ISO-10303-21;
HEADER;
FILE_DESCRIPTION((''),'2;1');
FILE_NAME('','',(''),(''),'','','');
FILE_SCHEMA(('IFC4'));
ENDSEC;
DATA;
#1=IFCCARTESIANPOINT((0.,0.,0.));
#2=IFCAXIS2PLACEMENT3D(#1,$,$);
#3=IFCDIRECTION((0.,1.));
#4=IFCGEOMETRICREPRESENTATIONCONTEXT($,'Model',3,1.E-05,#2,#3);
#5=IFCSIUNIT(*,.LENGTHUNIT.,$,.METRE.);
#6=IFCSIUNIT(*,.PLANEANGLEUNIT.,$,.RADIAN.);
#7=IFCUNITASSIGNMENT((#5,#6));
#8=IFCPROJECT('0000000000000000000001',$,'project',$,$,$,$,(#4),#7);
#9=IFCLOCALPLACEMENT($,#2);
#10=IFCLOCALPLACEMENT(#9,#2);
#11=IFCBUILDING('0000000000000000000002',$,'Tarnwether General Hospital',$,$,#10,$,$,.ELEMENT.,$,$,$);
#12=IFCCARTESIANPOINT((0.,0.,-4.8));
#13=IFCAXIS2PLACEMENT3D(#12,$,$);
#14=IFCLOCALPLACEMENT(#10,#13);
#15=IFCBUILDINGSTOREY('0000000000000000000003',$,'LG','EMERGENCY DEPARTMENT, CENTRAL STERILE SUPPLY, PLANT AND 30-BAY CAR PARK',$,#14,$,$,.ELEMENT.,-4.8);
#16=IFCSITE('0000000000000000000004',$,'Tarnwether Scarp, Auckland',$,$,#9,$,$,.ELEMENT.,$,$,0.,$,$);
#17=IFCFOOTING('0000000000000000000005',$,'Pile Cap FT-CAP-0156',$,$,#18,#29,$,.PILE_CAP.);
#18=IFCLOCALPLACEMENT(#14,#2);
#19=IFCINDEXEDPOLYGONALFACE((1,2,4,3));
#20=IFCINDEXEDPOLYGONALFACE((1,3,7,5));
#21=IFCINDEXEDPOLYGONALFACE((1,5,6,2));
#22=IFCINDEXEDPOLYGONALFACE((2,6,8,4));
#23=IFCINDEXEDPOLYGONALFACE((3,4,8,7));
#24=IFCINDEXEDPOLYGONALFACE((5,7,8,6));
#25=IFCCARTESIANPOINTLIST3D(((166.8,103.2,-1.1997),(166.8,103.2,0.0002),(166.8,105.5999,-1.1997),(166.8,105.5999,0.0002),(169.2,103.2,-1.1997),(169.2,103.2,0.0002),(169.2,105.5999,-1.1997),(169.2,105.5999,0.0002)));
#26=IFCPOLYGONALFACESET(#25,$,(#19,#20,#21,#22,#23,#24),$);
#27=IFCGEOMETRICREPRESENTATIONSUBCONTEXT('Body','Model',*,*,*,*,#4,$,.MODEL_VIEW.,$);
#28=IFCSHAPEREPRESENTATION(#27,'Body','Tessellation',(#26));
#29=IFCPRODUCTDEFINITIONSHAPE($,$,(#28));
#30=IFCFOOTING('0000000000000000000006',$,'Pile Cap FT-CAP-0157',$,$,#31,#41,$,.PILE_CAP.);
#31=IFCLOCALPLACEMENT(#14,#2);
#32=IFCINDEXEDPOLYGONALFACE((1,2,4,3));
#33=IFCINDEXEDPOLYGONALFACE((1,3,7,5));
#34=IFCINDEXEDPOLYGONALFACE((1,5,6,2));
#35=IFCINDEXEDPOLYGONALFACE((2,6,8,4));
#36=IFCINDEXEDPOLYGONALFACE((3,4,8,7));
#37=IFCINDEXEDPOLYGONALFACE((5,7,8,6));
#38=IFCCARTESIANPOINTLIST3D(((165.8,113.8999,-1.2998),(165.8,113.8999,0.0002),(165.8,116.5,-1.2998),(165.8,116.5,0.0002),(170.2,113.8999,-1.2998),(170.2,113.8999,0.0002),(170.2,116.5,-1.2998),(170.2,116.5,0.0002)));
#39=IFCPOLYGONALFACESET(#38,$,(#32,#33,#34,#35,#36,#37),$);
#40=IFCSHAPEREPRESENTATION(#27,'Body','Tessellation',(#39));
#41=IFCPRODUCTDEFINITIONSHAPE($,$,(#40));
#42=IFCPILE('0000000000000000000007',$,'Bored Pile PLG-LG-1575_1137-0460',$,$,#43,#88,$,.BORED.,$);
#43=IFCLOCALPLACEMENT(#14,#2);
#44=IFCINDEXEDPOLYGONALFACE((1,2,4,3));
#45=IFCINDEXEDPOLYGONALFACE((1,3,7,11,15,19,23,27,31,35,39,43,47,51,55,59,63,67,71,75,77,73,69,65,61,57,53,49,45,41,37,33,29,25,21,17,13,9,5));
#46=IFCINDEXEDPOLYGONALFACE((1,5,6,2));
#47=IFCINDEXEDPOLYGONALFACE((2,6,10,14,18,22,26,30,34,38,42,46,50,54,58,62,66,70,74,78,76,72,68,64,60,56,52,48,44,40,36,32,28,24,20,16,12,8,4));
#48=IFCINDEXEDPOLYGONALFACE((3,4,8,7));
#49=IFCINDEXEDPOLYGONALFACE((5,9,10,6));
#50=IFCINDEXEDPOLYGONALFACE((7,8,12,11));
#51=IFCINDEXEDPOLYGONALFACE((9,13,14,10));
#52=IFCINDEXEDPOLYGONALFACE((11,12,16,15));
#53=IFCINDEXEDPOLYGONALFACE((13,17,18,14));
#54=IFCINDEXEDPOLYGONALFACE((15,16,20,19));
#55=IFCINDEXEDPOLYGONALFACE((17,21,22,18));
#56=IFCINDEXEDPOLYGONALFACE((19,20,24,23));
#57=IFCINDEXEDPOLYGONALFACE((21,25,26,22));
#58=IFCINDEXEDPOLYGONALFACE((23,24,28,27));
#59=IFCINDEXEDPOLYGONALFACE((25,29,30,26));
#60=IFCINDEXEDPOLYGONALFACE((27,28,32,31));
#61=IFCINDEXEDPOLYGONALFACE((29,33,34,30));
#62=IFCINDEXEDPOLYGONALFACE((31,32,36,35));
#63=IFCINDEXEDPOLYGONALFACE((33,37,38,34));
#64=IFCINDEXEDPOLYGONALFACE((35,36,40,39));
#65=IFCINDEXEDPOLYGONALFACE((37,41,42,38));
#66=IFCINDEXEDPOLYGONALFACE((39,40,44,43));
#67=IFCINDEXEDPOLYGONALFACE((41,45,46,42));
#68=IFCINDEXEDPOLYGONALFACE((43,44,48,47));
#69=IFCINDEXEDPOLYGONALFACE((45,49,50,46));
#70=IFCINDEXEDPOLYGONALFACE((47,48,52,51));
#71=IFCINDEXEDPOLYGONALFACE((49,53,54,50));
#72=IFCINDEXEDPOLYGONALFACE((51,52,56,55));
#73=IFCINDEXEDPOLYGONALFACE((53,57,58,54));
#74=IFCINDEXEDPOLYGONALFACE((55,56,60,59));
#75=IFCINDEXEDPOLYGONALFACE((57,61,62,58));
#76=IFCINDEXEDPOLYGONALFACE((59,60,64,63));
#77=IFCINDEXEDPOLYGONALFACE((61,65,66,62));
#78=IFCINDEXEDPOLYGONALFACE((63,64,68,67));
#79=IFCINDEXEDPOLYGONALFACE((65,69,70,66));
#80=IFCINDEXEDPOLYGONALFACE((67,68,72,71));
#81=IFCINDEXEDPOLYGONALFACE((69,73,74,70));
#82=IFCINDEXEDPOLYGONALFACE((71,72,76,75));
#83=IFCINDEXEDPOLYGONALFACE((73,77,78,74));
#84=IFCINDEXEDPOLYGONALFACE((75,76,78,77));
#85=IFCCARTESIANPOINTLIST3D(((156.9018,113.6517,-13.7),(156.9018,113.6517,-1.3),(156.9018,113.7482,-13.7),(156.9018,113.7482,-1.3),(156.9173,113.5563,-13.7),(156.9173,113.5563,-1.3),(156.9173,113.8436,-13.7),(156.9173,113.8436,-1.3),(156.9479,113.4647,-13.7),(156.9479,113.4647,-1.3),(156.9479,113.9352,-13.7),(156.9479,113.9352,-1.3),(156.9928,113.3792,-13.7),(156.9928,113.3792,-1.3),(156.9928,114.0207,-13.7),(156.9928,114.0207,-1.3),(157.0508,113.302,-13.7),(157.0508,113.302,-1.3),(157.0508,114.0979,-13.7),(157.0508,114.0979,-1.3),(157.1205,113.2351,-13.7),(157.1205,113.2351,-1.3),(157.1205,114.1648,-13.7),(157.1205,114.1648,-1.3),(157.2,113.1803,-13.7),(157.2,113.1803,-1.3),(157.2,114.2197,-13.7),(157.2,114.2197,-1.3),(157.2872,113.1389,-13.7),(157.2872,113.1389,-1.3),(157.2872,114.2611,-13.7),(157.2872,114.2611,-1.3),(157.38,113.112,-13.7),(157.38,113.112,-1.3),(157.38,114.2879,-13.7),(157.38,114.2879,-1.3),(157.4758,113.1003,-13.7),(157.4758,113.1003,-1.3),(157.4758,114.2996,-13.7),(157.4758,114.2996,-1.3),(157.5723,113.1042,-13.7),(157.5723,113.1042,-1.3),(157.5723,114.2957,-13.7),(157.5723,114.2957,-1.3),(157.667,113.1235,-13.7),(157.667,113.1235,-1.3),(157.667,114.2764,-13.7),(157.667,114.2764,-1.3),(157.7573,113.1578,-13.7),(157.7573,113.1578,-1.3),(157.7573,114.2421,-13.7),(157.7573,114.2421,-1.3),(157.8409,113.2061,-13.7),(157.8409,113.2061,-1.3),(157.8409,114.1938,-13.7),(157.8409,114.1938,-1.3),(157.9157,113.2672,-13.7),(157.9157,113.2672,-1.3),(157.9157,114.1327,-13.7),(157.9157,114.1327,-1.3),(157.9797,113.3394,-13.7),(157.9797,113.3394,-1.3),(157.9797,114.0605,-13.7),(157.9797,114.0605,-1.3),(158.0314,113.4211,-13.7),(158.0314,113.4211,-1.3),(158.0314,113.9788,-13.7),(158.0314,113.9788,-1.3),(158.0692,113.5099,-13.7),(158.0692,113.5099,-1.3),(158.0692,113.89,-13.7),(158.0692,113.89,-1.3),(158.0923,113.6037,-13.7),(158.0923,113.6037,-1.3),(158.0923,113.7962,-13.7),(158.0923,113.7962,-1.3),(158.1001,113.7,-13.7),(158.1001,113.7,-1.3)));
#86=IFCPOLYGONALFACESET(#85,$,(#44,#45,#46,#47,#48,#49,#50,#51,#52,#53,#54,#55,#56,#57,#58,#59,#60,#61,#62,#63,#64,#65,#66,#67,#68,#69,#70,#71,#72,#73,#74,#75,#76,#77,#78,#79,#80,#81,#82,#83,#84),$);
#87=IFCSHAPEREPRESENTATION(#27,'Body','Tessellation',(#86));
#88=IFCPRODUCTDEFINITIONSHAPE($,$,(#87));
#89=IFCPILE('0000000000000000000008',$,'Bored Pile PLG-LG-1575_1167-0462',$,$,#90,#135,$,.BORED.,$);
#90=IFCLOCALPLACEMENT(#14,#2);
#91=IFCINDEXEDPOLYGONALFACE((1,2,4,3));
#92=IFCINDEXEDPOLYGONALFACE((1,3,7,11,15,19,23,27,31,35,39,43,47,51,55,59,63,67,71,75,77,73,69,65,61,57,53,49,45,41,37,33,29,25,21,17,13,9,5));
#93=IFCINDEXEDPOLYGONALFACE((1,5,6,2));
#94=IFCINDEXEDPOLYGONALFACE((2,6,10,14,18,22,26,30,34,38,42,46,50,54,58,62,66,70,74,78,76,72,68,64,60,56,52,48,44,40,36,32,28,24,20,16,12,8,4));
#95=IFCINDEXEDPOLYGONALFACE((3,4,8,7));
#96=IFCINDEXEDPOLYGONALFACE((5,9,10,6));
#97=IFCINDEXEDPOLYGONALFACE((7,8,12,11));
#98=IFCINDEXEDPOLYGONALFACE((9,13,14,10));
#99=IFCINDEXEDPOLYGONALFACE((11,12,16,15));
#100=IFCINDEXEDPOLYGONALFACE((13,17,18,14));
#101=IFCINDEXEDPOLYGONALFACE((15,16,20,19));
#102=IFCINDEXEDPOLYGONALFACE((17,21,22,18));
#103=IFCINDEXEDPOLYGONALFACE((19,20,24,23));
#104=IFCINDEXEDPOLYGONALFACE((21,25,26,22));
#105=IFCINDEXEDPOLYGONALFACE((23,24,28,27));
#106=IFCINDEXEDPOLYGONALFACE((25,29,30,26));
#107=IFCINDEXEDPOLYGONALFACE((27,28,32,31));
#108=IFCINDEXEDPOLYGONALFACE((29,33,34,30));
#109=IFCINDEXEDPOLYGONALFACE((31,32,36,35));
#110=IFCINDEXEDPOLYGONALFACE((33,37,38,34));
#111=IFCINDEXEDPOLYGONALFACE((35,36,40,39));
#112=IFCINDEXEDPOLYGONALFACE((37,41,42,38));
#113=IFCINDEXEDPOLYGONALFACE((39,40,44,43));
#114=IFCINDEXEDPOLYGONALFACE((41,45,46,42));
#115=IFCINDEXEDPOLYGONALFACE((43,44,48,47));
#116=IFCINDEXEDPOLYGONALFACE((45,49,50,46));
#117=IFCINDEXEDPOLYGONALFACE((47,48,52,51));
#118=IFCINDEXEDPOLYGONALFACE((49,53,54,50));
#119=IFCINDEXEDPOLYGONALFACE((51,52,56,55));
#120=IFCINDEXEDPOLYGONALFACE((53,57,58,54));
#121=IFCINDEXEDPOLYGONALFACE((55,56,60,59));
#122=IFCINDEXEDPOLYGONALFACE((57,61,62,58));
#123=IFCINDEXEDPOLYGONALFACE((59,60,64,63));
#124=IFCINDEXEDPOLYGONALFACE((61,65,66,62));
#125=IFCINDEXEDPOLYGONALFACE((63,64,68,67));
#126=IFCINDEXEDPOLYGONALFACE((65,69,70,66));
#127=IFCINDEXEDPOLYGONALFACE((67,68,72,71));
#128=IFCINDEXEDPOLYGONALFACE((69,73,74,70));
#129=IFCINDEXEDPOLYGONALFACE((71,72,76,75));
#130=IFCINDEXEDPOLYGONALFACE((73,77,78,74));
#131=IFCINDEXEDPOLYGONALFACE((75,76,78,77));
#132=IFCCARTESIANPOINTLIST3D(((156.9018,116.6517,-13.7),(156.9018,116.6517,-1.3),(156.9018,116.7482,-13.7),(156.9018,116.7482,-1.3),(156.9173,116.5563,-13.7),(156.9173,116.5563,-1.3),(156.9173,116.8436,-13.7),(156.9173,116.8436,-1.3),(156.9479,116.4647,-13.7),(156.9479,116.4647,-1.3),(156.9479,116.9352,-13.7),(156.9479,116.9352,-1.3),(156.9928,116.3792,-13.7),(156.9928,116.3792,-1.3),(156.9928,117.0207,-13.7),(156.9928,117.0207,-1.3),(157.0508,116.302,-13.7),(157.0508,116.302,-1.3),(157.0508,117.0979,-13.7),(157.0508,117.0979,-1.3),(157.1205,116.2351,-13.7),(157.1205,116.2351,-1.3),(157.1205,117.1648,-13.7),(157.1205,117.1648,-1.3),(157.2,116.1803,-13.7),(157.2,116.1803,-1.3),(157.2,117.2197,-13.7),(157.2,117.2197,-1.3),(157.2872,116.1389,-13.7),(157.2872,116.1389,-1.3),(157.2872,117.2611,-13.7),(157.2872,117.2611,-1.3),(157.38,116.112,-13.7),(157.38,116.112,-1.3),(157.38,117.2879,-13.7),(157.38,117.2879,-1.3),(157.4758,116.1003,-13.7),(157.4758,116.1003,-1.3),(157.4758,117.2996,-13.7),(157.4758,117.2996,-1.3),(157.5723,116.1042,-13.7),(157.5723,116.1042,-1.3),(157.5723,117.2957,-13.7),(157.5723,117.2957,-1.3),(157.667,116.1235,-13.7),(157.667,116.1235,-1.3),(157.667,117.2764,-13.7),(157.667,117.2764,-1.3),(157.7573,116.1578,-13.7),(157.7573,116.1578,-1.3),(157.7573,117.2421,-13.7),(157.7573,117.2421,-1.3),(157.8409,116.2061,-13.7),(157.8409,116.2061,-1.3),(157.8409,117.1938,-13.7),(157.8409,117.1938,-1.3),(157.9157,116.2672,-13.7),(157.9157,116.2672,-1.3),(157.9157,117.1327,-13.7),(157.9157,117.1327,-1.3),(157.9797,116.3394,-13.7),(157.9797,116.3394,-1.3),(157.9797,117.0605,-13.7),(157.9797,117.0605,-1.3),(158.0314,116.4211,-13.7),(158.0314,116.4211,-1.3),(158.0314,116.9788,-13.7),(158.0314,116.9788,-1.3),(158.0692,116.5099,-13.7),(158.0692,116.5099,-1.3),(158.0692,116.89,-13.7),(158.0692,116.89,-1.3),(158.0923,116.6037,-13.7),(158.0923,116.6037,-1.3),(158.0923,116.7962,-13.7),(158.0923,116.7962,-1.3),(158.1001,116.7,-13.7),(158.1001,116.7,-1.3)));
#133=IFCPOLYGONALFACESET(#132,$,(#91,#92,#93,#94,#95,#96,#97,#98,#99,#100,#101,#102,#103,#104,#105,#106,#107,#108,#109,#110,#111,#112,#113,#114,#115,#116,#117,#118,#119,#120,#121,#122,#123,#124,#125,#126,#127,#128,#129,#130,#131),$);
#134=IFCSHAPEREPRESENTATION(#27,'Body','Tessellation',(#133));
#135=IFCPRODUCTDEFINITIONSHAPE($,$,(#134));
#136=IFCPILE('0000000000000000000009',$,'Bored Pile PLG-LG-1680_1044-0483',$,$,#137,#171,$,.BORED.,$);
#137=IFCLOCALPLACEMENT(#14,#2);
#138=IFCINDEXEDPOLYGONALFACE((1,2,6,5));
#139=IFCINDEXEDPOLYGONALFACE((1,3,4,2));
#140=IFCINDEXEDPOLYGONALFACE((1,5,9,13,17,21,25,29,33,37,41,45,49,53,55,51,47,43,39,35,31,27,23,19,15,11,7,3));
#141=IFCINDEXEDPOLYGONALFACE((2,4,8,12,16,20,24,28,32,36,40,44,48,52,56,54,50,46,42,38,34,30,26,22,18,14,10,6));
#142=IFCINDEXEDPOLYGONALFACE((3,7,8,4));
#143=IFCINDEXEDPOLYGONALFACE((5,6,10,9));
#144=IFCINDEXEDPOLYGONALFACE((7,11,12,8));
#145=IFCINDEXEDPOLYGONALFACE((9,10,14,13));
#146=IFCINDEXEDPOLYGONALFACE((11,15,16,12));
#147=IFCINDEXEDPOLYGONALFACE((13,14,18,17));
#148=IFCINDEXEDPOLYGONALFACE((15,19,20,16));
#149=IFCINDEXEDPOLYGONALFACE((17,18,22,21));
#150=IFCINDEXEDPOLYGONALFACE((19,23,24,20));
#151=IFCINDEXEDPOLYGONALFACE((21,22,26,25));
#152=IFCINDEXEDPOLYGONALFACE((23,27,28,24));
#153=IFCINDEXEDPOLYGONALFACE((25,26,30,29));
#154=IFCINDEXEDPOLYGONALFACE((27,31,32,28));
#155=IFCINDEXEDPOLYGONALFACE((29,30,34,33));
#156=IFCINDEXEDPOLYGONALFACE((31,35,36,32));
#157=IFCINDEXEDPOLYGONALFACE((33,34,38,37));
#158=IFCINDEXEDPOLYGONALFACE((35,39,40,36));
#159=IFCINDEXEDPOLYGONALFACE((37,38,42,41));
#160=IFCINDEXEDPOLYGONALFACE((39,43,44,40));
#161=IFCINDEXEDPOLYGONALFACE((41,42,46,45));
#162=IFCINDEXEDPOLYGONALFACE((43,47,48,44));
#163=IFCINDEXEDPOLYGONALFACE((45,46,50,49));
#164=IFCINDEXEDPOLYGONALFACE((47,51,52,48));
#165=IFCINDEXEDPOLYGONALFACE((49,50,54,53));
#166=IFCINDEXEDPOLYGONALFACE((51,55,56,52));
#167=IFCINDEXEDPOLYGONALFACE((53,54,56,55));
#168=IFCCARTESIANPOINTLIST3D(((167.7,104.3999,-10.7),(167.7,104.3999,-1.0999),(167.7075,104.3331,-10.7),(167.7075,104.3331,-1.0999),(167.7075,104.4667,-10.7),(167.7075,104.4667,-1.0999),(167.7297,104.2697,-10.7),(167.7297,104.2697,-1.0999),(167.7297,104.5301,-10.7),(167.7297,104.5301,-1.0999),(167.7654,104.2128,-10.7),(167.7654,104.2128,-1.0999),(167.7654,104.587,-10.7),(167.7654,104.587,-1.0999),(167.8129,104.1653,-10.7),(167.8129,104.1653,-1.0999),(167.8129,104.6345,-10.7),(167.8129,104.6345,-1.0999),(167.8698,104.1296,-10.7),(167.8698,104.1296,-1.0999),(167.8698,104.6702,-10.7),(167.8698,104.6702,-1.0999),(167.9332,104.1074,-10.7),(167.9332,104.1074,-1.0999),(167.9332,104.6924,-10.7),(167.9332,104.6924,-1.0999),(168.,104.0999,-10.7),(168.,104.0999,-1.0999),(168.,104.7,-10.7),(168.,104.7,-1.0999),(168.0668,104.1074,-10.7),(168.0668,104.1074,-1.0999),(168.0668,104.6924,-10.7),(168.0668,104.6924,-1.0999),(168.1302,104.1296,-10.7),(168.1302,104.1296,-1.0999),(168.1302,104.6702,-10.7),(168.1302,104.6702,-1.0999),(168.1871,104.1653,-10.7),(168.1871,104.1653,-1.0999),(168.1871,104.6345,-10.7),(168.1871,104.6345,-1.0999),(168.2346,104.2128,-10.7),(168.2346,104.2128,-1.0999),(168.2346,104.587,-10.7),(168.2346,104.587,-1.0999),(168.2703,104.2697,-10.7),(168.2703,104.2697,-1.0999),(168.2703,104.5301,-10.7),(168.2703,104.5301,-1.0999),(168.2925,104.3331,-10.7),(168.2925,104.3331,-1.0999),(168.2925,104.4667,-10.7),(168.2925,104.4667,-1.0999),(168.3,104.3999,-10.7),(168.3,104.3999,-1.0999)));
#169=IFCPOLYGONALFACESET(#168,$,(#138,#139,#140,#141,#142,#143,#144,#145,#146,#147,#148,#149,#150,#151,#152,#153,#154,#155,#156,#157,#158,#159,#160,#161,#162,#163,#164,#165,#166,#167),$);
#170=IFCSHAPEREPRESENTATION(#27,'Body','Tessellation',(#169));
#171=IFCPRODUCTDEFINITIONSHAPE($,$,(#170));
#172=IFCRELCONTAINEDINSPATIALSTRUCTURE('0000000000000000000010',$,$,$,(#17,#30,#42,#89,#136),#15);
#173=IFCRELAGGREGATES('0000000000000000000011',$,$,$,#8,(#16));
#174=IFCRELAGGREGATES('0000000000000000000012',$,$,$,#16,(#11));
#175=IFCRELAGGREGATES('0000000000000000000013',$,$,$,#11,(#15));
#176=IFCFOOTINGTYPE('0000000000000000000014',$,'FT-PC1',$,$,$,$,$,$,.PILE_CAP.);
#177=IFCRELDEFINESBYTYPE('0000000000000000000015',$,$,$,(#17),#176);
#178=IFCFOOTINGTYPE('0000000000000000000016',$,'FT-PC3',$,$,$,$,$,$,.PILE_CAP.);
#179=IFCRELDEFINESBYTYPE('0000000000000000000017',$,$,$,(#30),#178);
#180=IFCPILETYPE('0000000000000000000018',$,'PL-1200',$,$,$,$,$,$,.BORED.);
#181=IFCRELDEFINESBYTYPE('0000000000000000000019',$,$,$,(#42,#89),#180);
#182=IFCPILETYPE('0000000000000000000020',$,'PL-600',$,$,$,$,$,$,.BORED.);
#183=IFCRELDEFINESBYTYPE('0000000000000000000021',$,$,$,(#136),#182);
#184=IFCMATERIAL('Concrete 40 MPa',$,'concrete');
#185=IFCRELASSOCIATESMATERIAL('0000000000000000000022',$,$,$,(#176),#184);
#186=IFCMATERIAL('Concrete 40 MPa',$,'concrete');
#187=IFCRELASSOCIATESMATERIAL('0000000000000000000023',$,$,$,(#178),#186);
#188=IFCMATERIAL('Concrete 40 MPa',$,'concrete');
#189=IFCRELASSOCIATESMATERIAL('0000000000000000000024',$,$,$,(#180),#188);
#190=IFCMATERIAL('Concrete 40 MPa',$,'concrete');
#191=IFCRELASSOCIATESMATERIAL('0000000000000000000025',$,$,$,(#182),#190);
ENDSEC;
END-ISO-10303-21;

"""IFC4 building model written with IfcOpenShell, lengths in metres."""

from ifc_helpers import new_model, si_unit, direction, frame, origin, origin_2d, place, context, subcontext, project, spatial, rectangle, circle, extrude, material, material_profile, profile_set, type_object, element, save


model = new_model("IFC4")

# Units and contexts
model_context = context("Model", 3, precision=1e-05, world=origin(), true_north=direction((0.0, 1.0)))
body_context = subcontext(model_context, "Body", "Model", "MODEL_VIEW")
ifc_project = project(units=[si_unit("LENGTHUNIT", "METRE"), si_unit("PLANEANGLEUNIT", "RADIAN")], contexts=[model_context])

# Site, building, storey
site_placement = place(None, origin())
site = spatial("IfcSite", under=ifc_project, at=site_placement, Name="Tarnwether Scarp, Auckland", CompositionType="ELEMENT", RefElevation=0.0)
building_placement = place(site_placement, origin())
building = spatial("IfcBuilding", under=site, at=building_placement, Name="Tarnwether General Hospital", CompositionType="ELEMENT")
storey_placement = place(building_placement, frame((0.0, 0.0, -4.8)))
storey = spatial("IfcBuildingStorey", under=building, at=storey_placement, Name="LG", Description="EMERGENCY DEPARTMENT, CENTRAL STERILE SUPPLY, PLANT AND 30-BAY CAR PARK", CompositionType="ELEMENT", Elevation=-4.8)

# Footings
ifc_material_1 = material(Name="Concrete 40 MPa", Category="concrete")
footing_type_1 = type_object("IfcFootingType", Name="FT-PC1", PredefinedType="PILE_CAP", material=ifc_material_1)
footing_1_placement = place(storey_placement, frame((168.0, 104.3999, -1.1997), z_axis=(0.0, 0.0, 1.0), x_axis=(1.0, 0.0, 0.0)))
element("IfcFooting", 1, at=footing_1_placement, inside=storey, type_object=footing_type_1, Name="Pile Cap FT-CAP-0156", PredefinedType="PILE_CAP", context=body_context, shape_type="SweptSolid", body=[
    extrude(rectangle(XDim=2.3999, YDim=2.3999, at=origin_2d()), origin(), (0.0, 0.0, 1.0), 1.2),
])
ifc_material_2 = material(Name="Concrete 40 MPa", Category="concrete")
footing_type_2 = type_object("IfcFootingType", Name="FT-PC3", PredefinedType="PILE_CAP", material=ifc_material_2)
footing_2_placement = place(storey_placement, frame((168.0, 115.2, -1.2998), z_axis=(0.0, 0.0, 1.0), x_axis=(1.0, 0.0, 0.0)))
element("IfcFooting", 2, at=footing_2_placement, inside=storey, type_object=footing_type_2, Name="Pile Cap FT-CAP-0157", PredefinedType="PILE_CAP", context=body_context, shape_type="SweptSolid", body=[
    extrude(rectangle(XDim=4.3999, YDim=2.6001, at=origin_2d()), origin(), (0.0, 0.0, 1.0), 1.3),
])

# Piles
ifc_material_3 = material(Name="Concrete 40 MPa", Category="concrete")
ifc_material_profile_1 = material_profile(ifc_material_3, circle(Radius=0.6001, at=origin_2d()), Name="PILE-D1200")
ifc_profile_set_1 = profile_set([ifc_material_profile_1], Name="Concrete 40 MPa")
pile_type_1 = type_object("IfcPileType", Name="PL-1200", PredefinedType="BORED", material=ifc_profile_set_1)
for number, where, z_axis, x_axis, name in (
    (3, (157.5, 113.7, -1.3), (0.0, 0.0, -1.0), (1.0, 0.0, 0.0), "Bored Pile PLG-LG-1575_1137-0460"),
    (4, (157.5, 116.7, -1.3), (0.0, 0.0, -1.0), (1.0, 0.0, 0.0), "Bored Pile PLG-LG-1575_1167-0462"),
):
    element("IfcPile", number, at=place(storey_placement, frame(where, z_axis=z_axis, x_axis=x_axis)), inside=storey, type_object=pile_type_1, Name=name, PredefinedType="BORED", context=body_context, shape_type="SweptSolid", body=[
        extrude(circle(Radius=0.6001, at=origin_2d()), origin(), (0.0, 0.0, 1.0), 12.3999),
    ])
ifc_material_4 = material(Name="Concrete 40 MPa", Category="concrete")
ifc_material_profile_2 = material_profile(ifc_material_4, circle(Radius=0.3, at=origin_2d()), Name="PILE-D600")
ifc_profile_set_2 = profile_set([ifc_material_profile_2], Name="Concrete 40 MPa")
pile_type_2 = type_object("IfcPileType", Name="PL-600", PredefinedType="BORED", material=ifc_profile_set_2)
pile_placement = place(storey_placement, frame((168.0, 104.3999, -1.0999), z_axis=(0.0, 0.0, -1.0), x_axis=(1.0, 0.0, 0.0)))
element("IfcPile", 5, at=pile_placement, inside=storey, type_object=pile_type_2, Name="Bored Pile PLG-LG-1680_1044-0483", PredefinedType="BORED", context=body_context, shape_type="SweptSolid", body=[
    extrude(circle(Radius=0.3, at=origin_2d()), origin(), (0.0, 0.0, 1.0), 9.6001),
])

save(model, "model.ifc")
